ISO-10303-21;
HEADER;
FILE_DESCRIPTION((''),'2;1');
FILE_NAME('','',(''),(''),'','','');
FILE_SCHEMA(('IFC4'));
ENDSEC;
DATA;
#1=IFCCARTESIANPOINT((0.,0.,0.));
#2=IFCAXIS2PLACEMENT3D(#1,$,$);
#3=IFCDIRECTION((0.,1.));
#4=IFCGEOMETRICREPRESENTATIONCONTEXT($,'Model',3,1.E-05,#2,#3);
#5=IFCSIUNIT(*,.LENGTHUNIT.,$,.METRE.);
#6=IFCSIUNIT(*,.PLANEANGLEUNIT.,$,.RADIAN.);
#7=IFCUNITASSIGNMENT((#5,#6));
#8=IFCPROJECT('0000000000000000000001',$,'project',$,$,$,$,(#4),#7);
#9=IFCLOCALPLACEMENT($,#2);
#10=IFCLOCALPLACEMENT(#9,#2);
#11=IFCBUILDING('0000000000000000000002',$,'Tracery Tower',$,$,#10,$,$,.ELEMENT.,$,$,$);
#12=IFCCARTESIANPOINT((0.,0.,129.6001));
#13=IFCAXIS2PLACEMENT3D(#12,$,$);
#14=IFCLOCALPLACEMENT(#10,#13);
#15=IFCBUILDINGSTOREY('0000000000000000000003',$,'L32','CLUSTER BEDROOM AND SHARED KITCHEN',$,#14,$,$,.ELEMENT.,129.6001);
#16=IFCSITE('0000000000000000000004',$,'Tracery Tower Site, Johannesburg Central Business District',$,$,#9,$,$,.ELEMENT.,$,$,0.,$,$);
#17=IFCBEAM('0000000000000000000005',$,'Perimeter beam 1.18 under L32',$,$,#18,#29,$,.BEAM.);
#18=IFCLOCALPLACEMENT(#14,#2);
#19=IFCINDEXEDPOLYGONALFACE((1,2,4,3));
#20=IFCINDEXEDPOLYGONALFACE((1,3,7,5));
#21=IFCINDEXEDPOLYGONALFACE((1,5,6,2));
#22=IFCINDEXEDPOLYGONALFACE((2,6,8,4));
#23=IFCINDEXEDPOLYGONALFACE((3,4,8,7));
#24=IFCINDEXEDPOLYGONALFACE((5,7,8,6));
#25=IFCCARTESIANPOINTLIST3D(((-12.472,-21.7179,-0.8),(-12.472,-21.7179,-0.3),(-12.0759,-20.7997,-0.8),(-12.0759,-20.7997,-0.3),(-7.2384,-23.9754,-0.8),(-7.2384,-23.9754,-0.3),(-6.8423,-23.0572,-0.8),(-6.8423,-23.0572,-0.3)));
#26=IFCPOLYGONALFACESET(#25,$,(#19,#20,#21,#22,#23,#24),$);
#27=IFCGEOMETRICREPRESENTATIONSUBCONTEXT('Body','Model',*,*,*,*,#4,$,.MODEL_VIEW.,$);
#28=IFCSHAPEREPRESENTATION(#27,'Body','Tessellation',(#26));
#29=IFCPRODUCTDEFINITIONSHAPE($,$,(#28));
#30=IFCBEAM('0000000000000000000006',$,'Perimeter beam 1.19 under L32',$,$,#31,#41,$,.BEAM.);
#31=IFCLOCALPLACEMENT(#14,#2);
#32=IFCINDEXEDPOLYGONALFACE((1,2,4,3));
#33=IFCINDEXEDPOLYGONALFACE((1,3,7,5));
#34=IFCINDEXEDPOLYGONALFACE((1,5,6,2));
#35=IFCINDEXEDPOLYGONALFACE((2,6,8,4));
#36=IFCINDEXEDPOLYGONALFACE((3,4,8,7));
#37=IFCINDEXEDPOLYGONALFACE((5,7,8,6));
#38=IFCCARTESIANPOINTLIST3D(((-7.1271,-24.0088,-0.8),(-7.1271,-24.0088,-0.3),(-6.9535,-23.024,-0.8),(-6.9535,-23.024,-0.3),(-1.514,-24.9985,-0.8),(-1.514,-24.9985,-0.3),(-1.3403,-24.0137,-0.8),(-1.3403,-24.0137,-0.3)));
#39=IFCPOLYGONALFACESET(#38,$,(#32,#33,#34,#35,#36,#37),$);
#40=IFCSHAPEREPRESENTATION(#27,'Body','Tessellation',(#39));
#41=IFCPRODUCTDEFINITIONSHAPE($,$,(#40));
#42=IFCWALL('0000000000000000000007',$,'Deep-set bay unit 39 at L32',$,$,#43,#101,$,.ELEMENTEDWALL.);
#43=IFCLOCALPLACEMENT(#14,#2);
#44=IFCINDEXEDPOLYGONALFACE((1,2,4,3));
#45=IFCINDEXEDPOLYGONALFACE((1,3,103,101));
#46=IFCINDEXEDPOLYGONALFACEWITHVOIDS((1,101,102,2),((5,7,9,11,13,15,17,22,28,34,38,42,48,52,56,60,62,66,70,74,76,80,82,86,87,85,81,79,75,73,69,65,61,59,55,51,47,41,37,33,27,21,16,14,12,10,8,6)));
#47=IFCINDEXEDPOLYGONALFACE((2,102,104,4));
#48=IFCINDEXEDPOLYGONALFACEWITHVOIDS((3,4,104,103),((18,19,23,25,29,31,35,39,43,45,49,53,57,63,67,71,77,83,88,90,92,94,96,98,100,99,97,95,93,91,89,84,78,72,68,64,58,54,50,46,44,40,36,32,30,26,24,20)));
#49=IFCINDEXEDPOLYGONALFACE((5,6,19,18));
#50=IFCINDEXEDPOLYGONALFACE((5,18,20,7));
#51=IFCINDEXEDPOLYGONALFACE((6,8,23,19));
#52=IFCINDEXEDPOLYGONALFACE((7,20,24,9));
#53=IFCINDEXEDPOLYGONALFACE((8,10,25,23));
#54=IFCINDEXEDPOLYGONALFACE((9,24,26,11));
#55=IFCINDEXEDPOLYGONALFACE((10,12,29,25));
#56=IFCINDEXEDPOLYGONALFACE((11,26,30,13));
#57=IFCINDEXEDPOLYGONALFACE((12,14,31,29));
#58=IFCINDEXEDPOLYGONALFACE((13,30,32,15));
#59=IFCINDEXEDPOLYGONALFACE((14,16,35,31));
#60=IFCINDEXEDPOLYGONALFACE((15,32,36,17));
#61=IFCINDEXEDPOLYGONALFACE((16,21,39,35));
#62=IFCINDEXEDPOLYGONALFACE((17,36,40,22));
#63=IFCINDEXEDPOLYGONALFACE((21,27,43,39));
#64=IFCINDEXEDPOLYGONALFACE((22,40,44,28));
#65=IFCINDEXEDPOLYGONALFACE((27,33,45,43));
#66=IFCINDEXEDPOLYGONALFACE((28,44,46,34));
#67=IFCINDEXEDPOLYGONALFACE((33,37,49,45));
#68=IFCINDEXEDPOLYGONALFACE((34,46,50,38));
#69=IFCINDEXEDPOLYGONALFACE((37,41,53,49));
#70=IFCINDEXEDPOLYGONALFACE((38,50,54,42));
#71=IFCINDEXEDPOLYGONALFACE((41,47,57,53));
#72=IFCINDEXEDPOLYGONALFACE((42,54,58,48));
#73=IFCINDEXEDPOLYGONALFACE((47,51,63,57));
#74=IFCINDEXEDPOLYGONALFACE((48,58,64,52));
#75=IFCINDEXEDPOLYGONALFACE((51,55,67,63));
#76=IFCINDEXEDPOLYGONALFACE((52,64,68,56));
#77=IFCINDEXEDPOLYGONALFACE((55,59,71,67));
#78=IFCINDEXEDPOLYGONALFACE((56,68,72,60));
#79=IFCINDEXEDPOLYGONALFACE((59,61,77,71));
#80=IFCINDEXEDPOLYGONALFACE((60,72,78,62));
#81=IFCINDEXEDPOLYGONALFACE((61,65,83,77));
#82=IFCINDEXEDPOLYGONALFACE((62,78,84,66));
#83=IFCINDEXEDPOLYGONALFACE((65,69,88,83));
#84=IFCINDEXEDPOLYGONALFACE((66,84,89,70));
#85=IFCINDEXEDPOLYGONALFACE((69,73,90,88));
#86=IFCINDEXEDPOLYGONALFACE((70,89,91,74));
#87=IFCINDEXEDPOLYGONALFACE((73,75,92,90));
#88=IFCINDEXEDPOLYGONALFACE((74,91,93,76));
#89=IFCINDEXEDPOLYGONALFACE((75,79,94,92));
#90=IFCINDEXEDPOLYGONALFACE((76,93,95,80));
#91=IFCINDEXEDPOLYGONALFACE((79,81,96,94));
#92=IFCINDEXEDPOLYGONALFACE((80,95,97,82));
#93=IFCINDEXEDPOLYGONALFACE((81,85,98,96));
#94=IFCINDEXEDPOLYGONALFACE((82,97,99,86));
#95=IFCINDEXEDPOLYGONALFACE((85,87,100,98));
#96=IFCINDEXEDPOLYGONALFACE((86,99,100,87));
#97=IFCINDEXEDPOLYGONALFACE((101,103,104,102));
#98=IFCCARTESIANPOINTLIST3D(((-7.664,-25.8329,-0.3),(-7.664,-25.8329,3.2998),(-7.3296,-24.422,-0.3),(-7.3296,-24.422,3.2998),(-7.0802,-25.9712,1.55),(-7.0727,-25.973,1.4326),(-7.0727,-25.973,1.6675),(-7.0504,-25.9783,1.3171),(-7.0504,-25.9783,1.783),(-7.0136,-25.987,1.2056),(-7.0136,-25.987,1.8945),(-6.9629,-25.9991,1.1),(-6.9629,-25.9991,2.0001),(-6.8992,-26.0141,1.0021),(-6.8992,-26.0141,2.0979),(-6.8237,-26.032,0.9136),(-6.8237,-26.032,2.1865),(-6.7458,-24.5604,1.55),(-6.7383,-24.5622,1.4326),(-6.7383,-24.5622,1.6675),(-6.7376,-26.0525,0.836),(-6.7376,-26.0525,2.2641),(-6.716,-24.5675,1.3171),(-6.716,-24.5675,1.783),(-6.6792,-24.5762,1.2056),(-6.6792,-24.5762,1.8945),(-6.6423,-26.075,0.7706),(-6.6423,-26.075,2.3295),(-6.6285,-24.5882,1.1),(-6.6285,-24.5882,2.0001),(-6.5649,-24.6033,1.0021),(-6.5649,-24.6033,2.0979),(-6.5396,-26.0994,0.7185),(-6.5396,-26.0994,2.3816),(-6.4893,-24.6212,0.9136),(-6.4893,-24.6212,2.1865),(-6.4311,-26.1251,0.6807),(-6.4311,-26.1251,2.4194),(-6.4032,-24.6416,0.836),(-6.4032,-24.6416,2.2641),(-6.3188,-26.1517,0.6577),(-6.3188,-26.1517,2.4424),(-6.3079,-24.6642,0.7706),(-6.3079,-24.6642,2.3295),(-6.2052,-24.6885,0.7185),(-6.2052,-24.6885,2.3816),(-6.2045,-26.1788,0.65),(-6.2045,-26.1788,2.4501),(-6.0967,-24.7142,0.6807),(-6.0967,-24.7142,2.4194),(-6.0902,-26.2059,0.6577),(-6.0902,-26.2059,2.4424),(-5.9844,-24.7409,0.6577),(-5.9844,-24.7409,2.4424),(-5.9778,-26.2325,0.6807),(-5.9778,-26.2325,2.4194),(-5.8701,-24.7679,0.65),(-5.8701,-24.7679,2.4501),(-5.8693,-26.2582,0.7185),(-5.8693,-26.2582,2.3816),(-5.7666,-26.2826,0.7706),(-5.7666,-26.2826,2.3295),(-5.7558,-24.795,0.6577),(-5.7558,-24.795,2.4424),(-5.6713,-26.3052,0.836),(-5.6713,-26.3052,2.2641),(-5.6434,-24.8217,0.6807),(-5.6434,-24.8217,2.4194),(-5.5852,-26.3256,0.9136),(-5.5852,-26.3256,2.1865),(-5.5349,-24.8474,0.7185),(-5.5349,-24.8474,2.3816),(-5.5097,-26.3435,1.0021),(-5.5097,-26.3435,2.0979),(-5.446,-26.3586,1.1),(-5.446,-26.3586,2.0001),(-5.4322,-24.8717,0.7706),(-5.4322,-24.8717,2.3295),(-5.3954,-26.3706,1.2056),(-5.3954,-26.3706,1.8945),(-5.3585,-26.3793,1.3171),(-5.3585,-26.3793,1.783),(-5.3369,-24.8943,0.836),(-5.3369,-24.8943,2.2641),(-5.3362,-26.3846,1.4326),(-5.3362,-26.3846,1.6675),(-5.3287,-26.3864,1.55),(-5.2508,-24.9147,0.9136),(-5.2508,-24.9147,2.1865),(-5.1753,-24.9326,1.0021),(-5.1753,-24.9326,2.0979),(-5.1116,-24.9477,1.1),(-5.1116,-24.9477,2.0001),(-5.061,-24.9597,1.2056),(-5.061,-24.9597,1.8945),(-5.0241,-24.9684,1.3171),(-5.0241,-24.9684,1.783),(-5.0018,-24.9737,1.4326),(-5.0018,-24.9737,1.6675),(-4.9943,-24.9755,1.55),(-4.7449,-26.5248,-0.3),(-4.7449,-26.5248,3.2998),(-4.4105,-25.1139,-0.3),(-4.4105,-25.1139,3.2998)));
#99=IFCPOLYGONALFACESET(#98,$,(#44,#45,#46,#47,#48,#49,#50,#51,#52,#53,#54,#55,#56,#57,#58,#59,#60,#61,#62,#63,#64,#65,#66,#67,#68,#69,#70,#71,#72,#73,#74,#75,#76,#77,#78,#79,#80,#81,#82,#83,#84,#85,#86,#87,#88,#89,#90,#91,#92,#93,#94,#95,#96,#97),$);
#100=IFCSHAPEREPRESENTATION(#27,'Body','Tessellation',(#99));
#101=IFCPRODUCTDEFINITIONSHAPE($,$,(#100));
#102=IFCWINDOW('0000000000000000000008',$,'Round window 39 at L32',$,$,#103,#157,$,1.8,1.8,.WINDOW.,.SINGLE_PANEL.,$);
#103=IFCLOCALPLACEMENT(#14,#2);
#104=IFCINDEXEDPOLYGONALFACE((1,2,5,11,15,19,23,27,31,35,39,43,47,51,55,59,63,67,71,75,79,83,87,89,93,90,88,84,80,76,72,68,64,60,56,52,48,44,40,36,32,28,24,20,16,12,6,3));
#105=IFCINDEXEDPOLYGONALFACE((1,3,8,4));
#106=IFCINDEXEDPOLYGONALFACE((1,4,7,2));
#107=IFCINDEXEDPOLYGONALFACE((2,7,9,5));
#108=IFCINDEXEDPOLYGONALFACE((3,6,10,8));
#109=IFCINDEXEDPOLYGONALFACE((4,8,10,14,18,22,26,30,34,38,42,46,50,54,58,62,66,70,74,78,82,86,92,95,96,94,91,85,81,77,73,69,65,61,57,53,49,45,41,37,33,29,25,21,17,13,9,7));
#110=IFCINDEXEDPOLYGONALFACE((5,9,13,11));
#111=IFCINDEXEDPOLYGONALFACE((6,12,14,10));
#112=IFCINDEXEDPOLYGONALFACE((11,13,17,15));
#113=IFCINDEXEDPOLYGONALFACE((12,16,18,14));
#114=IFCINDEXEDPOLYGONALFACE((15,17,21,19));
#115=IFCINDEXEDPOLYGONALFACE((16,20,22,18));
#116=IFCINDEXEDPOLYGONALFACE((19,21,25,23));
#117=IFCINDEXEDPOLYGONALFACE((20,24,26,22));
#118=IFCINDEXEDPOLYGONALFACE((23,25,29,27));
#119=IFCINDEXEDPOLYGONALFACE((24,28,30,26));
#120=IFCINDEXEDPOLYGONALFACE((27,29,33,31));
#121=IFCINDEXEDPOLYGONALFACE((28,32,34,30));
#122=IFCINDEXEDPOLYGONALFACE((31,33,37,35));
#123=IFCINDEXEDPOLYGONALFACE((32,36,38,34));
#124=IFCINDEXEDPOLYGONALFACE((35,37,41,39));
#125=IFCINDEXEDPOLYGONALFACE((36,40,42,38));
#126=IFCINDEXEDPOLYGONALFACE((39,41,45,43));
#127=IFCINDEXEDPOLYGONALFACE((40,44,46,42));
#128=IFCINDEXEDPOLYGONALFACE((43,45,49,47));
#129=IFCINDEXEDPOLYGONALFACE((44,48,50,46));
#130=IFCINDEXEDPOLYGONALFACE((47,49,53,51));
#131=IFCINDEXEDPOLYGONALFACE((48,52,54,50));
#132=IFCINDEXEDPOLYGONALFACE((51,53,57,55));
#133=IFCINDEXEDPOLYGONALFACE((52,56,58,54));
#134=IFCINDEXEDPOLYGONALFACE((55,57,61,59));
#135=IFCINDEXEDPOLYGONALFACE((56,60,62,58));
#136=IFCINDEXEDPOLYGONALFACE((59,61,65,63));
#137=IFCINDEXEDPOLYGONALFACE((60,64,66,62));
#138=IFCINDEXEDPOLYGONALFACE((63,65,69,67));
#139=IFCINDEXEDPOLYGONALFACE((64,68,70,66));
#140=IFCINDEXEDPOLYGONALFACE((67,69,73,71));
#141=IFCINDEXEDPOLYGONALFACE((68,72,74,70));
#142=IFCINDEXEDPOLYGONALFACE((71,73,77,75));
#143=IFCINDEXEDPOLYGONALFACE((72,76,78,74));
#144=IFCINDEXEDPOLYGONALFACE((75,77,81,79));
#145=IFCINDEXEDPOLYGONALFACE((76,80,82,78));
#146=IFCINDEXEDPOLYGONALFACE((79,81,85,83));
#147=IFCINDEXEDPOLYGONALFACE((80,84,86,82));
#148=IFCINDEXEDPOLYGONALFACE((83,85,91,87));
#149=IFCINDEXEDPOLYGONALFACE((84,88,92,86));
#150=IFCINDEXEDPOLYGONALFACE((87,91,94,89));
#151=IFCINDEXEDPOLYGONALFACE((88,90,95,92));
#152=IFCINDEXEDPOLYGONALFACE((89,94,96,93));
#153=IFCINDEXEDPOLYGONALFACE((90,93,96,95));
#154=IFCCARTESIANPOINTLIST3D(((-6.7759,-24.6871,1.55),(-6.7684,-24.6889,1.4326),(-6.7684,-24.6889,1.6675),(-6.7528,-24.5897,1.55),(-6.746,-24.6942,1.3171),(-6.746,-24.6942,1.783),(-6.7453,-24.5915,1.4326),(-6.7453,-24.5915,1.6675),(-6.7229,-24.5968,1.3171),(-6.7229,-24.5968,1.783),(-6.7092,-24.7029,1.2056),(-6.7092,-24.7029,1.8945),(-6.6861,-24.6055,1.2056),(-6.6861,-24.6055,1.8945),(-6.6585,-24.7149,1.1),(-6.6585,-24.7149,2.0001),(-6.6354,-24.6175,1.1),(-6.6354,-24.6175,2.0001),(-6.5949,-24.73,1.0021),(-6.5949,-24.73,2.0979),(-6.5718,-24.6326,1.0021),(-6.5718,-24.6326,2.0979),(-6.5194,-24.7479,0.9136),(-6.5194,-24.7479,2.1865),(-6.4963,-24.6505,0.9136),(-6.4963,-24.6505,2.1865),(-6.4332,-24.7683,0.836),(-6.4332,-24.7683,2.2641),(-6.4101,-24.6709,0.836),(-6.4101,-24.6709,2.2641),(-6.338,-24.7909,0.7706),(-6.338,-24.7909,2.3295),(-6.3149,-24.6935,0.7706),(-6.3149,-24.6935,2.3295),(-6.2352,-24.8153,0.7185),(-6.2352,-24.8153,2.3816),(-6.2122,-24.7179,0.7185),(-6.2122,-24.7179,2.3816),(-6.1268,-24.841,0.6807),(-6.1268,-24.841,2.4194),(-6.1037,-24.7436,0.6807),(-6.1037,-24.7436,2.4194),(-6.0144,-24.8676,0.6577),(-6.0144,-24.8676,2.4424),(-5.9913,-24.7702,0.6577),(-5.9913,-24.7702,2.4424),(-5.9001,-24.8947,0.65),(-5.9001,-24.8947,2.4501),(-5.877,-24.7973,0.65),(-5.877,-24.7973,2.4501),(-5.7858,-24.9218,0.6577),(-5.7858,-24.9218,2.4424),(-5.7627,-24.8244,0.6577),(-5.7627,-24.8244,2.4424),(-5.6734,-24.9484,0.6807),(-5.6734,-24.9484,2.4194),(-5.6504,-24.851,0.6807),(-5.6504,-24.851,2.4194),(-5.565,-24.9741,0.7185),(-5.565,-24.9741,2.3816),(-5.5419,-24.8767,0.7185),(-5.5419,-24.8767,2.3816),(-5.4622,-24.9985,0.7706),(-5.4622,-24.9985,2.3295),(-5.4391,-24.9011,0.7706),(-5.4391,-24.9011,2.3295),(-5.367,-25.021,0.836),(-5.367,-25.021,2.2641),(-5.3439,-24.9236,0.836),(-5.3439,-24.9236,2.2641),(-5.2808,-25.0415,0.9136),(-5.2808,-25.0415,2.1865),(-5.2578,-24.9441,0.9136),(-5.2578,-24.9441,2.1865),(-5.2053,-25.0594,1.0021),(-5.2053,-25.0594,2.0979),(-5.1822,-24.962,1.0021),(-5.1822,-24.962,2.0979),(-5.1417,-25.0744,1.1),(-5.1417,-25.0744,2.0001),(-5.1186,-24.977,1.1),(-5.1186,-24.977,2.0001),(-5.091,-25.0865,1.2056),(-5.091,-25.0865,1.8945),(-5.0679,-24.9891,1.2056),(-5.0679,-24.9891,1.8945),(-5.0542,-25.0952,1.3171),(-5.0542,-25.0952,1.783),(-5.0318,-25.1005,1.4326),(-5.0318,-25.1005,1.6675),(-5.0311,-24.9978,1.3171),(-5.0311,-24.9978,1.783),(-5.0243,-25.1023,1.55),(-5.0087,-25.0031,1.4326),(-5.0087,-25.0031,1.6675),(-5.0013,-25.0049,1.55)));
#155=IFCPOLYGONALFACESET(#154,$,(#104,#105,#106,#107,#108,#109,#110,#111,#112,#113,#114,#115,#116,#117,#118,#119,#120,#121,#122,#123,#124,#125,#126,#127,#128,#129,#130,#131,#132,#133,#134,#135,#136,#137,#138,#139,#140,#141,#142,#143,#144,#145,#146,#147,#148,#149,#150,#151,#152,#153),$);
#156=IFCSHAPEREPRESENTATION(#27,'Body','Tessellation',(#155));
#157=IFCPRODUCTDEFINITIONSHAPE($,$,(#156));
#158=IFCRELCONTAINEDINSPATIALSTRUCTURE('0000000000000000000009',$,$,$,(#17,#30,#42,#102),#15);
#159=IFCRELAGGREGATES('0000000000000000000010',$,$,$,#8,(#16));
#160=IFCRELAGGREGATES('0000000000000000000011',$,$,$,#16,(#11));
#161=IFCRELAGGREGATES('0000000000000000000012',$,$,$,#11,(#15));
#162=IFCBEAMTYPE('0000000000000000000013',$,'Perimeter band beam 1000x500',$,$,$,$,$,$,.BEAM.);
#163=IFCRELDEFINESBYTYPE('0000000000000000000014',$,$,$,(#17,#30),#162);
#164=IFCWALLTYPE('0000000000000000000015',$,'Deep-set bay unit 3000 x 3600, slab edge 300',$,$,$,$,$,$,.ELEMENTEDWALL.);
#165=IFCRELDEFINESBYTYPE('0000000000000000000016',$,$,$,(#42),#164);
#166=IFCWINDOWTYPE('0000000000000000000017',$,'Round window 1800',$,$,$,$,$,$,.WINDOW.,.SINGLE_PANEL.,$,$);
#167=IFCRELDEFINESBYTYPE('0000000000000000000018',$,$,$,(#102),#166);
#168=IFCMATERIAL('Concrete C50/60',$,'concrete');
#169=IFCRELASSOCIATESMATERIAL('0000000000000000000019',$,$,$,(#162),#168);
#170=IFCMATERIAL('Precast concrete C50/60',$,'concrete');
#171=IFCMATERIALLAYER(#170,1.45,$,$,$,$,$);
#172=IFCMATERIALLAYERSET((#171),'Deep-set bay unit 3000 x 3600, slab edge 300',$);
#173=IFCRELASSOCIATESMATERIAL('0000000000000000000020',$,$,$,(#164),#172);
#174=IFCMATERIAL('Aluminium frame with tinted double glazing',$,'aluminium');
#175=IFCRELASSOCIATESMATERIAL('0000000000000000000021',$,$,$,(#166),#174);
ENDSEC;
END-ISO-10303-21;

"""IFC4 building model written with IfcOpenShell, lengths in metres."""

from ifc_helpers import new_model, si_unit, direction, frame, frame_2d, origin, origin_2d, place, context, subcontext, project, spatial, rectangle, circle, extrude, material, layer, layer_set, material_profile, profile_set, type_object, element, fill, save


model = new_model("IFC4")

# Units and contexts
model_context = context("Model", 3, precision=1e-05, world=origin(), true_north=direction((0.0, 1.0)))
body_context = subcontext(model_context, "Body", "Model", "MODEL_VIEW")
ifc_project = project(units=[si_unit("LENGTHUNIT", "METRE"), si_unit("PLANEANGLEUNIT", "RADIAN")], contexts=[model_context])

# Site, building, storey
site_placement = place(None, origin())
site = spatial("IfcSite", under=ifc_project, at=site_placement, Name="Tracery Tower Site, Johannesburg Central Business District", CompositionType="ELEMENT", RefElevation=0.0)
building_placement = place(site_placement, origin())
building = spatial("IfcBuilding", under=site, at=building_placement, Name="Tracery Tower", CompositionType="ELEMENT")
storey_placement = place(building_placement, frame((0.0, 0.0, 129.6001)))
storey = spatial("IfcBuildingStorey", under=building, at=storey_placement, Name="L32", Description="CLUSTER BEDROOM AND SHARED KITCHEN", CompositionType="ELEMENT", Elevation=129.6001)

# Beams
ifc_material_1 = material(Name="Concrete C50/60", Category="concrete")
ifc_material_profile_1 = material_profile(ifc_material_1, rectangle(XDim=1.0, YDim=0.5, at=origin_2d()), Name="RC 1000x500")
ifc_profile_set_1 = profile_set([ifc_material_profile_1], Name="Concrete C50/60")
beam_type = type_object("IfcBeamType", Name="Perimeter band beam 1000x500", PredefinedType="BEAM", material=ifc_profile_set_1)
for number, where, z_axis, x_axis, name in (
    (1, (-12.2739, -21.2588, -0.55), (0.918216, -0.396079, 0.0), (0.396079, 0.918216, 0.0), "Perimeter beam 1.18 under L32"),
    (2, (-7.0403, -23.5164, -0.55), (0.984807, -0.173651, 0.0), (0.173651, 0.984807, 0.0), "Perimeter beam 1.19 under L32"),
):
    element("IfcBeam", number, at=place(storey_placement, frame(where, z_axis=z_axis, x_axis=x_axis)), inside=storey, type_object=beam_type, Name=name, PredefinedType="BEAM", context=body_context, shape_type="SweptSolid", body=[
        extrude(rectangle(XDim=1.0, YDim=0.5, at=origin_2d()), origin(), (0.0, 0.0, 1.0), 5.6997),
    ])

# Wall, opening, window
ifc_material_2 = material(Name="Precast concrete C50/60", Category="concrete")
ifc_layer_1 = layer(ifc_material_2, 1.45)
ifc_layer_set_1 = layer_set([ifc_layer_1], Name="Deep-set bay unit 3000 x 3600, slab edge 300")
wall_type_1 = type_object("IfcWallType", Name="Deep-set bay unit 3000 x 3600, slab edge 300", PredefinedType="ELEMENTEDWALL", material=ifc_layer_set_1)
wall_1_placement = place(storey_placement, frame((-7.4968, -25.1274, -0.3), z_axis=(0.0, 0.0, 1.0), x_axis=(0.973042, -0.230627, 0.0)))
wall_1 = element("IfcWall", 3, at=wall_1_placement, inside=storey, type_object=wall_type_1, Name="Deep-set bay unit 39 at L32", PredefinedType="ELEMENTEDWALL", context=body_context, shape_type="SweptSolid", body=[
    extrude(rectangle(XDim=3.0, YDim=1.45, at=frame_2d((1.5, 0.0))), origin(), (0.0, 0.0, 1.0), 3.5999),
])
opening_1_placement = place(wall_1_placement, frame((1.5, 0.0, 1.8501)))
opening_1 = element("IfcOpeningElement", 4, at=opening_1_placement, cuts=wall_1, PredefinedType="OPENING", context=body_context, shape_type="SweptSolid", body=[
    extrude(circle(Radius=0.9, at=origin_2d()), frame((0.0, 0.7349, 0.0), z_axis=(0.0, -1.0, 0.0), x_axis=(1.0, 0.0, 0.0)), (0.0, 0.0, 1.0), 1.47),
])
ifc_material_3 = material(Name="Aluminium frame with tinted double glazing", Category="aluminium")
window_type = type_object("IfcWindowType", Name="Round window 1800", PartitioningType="SINGLE_PANEL", PredefinedType="WINDOW", material=ifc_material_3)
window_1_placement = place(opening_1_placement, origin())
window_1 = element("IfcWindow", 5, at=window_1_placement, inside=storey, type_object=window_type, Name="Round window 39 at L32", OverallHeight=1.8, OverallWidth=1.8, PartitioningType="SINGLE_PANEL", PredefinedType="WINDOW", context=body_context, shape_type="SweptSolid", body=[
    extrude(circle(Radius=0.9, at=origin_2d()), frame((0.0, 0.6948, 0.0), z_axis=(0.0, -1.0, 0.0), x_axis=(1.0, 0.0, 0.0)), (0.0, 0.0, 1.0), 0.1001),
])
fill(opening_1, window_1)

save(model, "model.ifc")
